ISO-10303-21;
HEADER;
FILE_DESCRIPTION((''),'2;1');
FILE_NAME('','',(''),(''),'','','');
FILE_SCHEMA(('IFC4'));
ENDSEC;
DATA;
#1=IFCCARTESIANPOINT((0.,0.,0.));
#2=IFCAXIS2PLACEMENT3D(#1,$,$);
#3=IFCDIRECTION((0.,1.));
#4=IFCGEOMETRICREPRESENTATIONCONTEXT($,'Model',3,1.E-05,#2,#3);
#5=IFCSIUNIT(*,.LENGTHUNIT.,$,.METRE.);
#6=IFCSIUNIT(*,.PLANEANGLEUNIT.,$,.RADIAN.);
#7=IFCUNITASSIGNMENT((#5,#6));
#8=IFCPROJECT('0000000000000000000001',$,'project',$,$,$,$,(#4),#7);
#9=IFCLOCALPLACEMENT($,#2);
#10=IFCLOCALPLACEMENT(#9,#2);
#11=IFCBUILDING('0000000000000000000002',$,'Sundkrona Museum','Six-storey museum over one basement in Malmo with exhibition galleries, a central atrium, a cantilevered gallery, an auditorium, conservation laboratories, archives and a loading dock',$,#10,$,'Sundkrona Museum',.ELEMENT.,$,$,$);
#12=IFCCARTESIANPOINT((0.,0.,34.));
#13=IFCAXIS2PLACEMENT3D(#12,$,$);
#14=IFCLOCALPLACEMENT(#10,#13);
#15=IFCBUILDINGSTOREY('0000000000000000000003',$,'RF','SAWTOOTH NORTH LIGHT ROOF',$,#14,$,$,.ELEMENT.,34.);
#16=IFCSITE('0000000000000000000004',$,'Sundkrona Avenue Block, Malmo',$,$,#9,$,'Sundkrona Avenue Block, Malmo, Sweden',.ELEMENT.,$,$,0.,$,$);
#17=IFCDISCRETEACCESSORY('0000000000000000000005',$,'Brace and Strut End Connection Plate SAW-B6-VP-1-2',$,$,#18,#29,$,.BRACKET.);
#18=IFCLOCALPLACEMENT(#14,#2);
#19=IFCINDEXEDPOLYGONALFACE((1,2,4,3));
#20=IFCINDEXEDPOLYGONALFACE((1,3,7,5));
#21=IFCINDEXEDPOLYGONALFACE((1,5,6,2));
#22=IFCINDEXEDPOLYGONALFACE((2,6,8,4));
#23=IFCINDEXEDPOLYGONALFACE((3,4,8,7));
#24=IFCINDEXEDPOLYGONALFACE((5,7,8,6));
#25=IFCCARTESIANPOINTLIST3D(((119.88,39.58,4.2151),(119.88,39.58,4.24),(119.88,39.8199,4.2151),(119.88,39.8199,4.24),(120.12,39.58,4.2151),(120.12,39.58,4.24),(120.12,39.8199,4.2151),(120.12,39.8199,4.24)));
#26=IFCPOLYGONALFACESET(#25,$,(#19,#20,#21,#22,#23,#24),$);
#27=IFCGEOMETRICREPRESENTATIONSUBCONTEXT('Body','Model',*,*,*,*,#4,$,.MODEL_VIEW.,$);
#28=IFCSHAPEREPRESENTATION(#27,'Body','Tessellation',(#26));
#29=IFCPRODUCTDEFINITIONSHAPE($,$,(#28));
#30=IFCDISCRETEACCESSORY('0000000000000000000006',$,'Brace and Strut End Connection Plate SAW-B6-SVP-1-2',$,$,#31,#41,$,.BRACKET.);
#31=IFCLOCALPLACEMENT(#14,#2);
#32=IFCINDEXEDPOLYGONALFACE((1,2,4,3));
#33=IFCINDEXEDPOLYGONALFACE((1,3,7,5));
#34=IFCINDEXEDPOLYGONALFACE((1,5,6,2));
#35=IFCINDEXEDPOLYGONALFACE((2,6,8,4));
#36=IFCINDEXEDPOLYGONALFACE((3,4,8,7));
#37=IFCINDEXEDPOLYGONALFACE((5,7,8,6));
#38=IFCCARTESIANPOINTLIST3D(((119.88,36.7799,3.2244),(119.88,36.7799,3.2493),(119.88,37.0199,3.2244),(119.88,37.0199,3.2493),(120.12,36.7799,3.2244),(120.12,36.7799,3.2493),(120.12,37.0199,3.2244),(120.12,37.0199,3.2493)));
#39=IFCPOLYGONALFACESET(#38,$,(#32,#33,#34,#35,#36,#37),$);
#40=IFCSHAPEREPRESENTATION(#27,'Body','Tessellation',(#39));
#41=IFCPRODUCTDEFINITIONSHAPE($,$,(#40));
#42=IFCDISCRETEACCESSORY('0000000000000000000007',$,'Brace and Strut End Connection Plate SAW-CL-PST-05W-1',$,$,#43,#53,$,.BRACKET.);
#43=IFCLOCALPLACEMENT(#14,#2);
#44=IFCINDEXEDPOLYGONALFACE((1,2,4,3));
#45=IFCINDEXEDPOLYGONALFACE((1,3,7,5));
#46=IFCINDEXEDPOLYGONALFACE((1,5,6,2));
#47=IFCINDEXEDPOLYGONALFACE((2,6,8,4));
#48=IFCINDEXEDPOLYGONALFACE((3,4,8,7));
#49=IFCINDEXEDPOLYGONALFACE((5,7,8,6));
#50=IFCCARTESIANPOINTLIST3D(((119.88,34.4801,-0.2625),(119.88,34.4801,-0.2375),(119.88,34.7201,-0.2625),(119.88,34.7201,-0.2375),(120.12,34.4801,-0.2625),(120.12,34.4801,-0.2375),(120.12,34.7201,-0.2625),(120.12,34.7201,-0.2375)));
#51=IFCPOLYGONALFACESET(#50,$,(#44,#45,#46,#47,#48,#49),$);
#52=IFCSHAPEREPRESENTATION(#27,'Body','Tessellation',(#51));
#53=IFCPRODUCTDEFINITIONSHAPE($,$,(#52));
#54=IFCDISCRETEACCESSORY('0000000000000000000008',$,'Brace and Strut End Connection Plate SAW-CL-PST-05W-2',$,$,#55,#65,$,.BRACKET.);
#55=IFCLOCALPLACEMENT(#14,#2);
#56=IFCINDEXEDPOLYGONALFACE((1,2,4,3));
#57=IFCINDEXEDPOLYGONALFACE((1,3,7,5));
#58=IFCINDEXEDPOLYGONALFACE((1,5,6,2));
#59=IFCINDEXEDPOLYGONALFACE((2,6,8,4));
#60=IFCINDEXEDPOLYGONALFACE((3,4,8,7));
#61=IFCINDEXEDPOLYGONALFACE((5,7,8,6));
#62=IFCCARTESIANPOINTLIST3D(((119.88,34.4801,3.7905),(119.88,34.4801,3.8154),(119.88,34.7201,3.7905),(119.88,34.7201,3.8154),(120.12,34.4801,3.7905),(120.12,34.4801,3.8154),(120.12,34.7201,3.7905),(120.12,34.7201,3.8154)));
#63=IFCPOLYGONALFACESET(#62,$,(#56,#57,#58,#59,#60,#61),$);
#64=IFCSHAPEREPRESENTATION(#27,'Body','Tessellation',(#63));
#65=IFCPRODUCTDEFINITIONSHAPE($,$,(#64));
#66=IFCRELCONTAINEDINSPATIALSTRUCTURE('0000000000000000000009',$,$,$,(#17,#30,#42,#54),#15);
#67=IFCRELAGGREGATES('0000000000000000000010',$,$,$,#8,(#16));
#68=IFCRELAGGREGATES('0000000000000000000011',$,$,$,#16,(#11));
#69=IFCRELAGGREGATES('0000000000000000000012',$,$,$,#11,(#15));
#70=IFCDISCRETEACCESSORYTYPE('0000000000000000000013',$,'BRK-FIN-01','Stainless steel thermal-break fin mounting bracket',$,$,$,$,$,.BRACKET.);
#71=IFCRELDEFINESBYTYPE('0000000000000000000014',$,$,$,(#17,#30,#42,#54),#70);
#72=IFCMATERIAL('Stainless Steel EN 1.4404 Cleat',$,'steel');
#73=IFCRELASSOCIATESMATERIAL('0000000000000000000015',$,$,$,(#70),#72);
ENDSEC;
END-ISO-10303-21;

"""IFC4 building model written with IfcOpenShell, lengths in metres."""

from ifc_helpers import new_model, si_unit, direction, frame, origin, origin_2d, place, context, subcontext, project, spatial, rectangle, extrude, material, type_object, element, save


model = new_model("IFC4")

# Units and contexts
model_context = context("Model", 3, precision=1e-05, world=origin(), true_north=direction((0.0, 1.0)))
body_context = subcontext(model_context, "Body", "Model", "MODEL_VIEW")
ifc_project = project(units=[si_unit("LENGTHUNIT", "METRE"), si_unit("PLANEANGLEUNIT", "RADIAN")], contexts=[model_context])

# Site, building, storey
site_placement = place(None, origin())
site = spatial("IfcSite", under=ifc_project, at=site_placement, Name="Sundkrona Avenue Block, Malmo", LongName="Sundkrona Avenue Block, Malmo, Sweden", CompositionType="ELEMENT", RefElevation=0.0)
building_placement = place(site_placement, origin())
building = spatial("IfcBuilding", under=site, at=building_placement, Name="Sundkrona Museum", Description="Six-storey museum over one basement in Malmo with exhibition galleries, a central atrium, a cantilevered gallery, an auditorium, conservation laboratories, archives and a loading dock", LongName="Sundkrona Museum", CompositionType="ELEMENT")
storey_placement = place(building_placement, frame((0.0, 0.0, 34.0)))
storey = spatial("IfcBuildingStorey", under=building, at=storey_placement, Name="RF", Description="SAWTOOTH NORTH LIGHT ROOF", CompositionType="ELEMENT", Elevation=34.0)

# Discrete accessories
ifc_material_1 = material(Name="Stainless Steel EN 1.4404 Cleat", Category="steel")
discrete_accessory_type = type_object("IfcDiscreteAccessoryType", Name="BRK-FIN-01", Description="Stainless steel thermal-break fin mounting bracket", PredefinedType="BRACKET", material=ifc_material_1)
for number, where, z_axis, x_axis, name in (
    (1, (120.0, 39.7, 4.2151), (0.0, 0.0, 1.0), (1.0, 0.0, 0.0), "Brace and Strut End Connection Plate SAW-B6-VP-1-2"),
    (2, (120.0, 36.8999, 3.2244), (0.0, 0.0, 1.0), (1.0, 0.0, 0.0), "Brace and Strut End Connection Plate SAW-B6-SVP-1-2"),
    (3, (120.0, 34.6001, -0.2625), (0.0, 0.0, 1.0), (1.0, 0.0, 0.0), "Brace and Strut End Connection Plate SAW-CL-PST-05W-1"),
    (4, (120.0, 34.6001, 3.7905), (0.0, 0.0, 1.0), (1.0, 0.0, 0.0), "Brace and Strut End Connection Plate SAW-CL-PST-05W-2"),
):
    element("IfcDiscreteAccessory", number, at=place(storey_placement, frame(where, z_axis=z_axis, x_axis=x_axis)), inside=storey, type_object=discrete_accessory_type, Name=name, PredefinedType="BRACKET", context=body_context, shape_type="SweptSolid", body=[
        extrude(rectangle(XDim=0.24, YDim=0.24, at=origin_2d()), origin(), (0.0, 0.0, 1.0), 0.0249),
    ])

save(model, "model.ifc")
